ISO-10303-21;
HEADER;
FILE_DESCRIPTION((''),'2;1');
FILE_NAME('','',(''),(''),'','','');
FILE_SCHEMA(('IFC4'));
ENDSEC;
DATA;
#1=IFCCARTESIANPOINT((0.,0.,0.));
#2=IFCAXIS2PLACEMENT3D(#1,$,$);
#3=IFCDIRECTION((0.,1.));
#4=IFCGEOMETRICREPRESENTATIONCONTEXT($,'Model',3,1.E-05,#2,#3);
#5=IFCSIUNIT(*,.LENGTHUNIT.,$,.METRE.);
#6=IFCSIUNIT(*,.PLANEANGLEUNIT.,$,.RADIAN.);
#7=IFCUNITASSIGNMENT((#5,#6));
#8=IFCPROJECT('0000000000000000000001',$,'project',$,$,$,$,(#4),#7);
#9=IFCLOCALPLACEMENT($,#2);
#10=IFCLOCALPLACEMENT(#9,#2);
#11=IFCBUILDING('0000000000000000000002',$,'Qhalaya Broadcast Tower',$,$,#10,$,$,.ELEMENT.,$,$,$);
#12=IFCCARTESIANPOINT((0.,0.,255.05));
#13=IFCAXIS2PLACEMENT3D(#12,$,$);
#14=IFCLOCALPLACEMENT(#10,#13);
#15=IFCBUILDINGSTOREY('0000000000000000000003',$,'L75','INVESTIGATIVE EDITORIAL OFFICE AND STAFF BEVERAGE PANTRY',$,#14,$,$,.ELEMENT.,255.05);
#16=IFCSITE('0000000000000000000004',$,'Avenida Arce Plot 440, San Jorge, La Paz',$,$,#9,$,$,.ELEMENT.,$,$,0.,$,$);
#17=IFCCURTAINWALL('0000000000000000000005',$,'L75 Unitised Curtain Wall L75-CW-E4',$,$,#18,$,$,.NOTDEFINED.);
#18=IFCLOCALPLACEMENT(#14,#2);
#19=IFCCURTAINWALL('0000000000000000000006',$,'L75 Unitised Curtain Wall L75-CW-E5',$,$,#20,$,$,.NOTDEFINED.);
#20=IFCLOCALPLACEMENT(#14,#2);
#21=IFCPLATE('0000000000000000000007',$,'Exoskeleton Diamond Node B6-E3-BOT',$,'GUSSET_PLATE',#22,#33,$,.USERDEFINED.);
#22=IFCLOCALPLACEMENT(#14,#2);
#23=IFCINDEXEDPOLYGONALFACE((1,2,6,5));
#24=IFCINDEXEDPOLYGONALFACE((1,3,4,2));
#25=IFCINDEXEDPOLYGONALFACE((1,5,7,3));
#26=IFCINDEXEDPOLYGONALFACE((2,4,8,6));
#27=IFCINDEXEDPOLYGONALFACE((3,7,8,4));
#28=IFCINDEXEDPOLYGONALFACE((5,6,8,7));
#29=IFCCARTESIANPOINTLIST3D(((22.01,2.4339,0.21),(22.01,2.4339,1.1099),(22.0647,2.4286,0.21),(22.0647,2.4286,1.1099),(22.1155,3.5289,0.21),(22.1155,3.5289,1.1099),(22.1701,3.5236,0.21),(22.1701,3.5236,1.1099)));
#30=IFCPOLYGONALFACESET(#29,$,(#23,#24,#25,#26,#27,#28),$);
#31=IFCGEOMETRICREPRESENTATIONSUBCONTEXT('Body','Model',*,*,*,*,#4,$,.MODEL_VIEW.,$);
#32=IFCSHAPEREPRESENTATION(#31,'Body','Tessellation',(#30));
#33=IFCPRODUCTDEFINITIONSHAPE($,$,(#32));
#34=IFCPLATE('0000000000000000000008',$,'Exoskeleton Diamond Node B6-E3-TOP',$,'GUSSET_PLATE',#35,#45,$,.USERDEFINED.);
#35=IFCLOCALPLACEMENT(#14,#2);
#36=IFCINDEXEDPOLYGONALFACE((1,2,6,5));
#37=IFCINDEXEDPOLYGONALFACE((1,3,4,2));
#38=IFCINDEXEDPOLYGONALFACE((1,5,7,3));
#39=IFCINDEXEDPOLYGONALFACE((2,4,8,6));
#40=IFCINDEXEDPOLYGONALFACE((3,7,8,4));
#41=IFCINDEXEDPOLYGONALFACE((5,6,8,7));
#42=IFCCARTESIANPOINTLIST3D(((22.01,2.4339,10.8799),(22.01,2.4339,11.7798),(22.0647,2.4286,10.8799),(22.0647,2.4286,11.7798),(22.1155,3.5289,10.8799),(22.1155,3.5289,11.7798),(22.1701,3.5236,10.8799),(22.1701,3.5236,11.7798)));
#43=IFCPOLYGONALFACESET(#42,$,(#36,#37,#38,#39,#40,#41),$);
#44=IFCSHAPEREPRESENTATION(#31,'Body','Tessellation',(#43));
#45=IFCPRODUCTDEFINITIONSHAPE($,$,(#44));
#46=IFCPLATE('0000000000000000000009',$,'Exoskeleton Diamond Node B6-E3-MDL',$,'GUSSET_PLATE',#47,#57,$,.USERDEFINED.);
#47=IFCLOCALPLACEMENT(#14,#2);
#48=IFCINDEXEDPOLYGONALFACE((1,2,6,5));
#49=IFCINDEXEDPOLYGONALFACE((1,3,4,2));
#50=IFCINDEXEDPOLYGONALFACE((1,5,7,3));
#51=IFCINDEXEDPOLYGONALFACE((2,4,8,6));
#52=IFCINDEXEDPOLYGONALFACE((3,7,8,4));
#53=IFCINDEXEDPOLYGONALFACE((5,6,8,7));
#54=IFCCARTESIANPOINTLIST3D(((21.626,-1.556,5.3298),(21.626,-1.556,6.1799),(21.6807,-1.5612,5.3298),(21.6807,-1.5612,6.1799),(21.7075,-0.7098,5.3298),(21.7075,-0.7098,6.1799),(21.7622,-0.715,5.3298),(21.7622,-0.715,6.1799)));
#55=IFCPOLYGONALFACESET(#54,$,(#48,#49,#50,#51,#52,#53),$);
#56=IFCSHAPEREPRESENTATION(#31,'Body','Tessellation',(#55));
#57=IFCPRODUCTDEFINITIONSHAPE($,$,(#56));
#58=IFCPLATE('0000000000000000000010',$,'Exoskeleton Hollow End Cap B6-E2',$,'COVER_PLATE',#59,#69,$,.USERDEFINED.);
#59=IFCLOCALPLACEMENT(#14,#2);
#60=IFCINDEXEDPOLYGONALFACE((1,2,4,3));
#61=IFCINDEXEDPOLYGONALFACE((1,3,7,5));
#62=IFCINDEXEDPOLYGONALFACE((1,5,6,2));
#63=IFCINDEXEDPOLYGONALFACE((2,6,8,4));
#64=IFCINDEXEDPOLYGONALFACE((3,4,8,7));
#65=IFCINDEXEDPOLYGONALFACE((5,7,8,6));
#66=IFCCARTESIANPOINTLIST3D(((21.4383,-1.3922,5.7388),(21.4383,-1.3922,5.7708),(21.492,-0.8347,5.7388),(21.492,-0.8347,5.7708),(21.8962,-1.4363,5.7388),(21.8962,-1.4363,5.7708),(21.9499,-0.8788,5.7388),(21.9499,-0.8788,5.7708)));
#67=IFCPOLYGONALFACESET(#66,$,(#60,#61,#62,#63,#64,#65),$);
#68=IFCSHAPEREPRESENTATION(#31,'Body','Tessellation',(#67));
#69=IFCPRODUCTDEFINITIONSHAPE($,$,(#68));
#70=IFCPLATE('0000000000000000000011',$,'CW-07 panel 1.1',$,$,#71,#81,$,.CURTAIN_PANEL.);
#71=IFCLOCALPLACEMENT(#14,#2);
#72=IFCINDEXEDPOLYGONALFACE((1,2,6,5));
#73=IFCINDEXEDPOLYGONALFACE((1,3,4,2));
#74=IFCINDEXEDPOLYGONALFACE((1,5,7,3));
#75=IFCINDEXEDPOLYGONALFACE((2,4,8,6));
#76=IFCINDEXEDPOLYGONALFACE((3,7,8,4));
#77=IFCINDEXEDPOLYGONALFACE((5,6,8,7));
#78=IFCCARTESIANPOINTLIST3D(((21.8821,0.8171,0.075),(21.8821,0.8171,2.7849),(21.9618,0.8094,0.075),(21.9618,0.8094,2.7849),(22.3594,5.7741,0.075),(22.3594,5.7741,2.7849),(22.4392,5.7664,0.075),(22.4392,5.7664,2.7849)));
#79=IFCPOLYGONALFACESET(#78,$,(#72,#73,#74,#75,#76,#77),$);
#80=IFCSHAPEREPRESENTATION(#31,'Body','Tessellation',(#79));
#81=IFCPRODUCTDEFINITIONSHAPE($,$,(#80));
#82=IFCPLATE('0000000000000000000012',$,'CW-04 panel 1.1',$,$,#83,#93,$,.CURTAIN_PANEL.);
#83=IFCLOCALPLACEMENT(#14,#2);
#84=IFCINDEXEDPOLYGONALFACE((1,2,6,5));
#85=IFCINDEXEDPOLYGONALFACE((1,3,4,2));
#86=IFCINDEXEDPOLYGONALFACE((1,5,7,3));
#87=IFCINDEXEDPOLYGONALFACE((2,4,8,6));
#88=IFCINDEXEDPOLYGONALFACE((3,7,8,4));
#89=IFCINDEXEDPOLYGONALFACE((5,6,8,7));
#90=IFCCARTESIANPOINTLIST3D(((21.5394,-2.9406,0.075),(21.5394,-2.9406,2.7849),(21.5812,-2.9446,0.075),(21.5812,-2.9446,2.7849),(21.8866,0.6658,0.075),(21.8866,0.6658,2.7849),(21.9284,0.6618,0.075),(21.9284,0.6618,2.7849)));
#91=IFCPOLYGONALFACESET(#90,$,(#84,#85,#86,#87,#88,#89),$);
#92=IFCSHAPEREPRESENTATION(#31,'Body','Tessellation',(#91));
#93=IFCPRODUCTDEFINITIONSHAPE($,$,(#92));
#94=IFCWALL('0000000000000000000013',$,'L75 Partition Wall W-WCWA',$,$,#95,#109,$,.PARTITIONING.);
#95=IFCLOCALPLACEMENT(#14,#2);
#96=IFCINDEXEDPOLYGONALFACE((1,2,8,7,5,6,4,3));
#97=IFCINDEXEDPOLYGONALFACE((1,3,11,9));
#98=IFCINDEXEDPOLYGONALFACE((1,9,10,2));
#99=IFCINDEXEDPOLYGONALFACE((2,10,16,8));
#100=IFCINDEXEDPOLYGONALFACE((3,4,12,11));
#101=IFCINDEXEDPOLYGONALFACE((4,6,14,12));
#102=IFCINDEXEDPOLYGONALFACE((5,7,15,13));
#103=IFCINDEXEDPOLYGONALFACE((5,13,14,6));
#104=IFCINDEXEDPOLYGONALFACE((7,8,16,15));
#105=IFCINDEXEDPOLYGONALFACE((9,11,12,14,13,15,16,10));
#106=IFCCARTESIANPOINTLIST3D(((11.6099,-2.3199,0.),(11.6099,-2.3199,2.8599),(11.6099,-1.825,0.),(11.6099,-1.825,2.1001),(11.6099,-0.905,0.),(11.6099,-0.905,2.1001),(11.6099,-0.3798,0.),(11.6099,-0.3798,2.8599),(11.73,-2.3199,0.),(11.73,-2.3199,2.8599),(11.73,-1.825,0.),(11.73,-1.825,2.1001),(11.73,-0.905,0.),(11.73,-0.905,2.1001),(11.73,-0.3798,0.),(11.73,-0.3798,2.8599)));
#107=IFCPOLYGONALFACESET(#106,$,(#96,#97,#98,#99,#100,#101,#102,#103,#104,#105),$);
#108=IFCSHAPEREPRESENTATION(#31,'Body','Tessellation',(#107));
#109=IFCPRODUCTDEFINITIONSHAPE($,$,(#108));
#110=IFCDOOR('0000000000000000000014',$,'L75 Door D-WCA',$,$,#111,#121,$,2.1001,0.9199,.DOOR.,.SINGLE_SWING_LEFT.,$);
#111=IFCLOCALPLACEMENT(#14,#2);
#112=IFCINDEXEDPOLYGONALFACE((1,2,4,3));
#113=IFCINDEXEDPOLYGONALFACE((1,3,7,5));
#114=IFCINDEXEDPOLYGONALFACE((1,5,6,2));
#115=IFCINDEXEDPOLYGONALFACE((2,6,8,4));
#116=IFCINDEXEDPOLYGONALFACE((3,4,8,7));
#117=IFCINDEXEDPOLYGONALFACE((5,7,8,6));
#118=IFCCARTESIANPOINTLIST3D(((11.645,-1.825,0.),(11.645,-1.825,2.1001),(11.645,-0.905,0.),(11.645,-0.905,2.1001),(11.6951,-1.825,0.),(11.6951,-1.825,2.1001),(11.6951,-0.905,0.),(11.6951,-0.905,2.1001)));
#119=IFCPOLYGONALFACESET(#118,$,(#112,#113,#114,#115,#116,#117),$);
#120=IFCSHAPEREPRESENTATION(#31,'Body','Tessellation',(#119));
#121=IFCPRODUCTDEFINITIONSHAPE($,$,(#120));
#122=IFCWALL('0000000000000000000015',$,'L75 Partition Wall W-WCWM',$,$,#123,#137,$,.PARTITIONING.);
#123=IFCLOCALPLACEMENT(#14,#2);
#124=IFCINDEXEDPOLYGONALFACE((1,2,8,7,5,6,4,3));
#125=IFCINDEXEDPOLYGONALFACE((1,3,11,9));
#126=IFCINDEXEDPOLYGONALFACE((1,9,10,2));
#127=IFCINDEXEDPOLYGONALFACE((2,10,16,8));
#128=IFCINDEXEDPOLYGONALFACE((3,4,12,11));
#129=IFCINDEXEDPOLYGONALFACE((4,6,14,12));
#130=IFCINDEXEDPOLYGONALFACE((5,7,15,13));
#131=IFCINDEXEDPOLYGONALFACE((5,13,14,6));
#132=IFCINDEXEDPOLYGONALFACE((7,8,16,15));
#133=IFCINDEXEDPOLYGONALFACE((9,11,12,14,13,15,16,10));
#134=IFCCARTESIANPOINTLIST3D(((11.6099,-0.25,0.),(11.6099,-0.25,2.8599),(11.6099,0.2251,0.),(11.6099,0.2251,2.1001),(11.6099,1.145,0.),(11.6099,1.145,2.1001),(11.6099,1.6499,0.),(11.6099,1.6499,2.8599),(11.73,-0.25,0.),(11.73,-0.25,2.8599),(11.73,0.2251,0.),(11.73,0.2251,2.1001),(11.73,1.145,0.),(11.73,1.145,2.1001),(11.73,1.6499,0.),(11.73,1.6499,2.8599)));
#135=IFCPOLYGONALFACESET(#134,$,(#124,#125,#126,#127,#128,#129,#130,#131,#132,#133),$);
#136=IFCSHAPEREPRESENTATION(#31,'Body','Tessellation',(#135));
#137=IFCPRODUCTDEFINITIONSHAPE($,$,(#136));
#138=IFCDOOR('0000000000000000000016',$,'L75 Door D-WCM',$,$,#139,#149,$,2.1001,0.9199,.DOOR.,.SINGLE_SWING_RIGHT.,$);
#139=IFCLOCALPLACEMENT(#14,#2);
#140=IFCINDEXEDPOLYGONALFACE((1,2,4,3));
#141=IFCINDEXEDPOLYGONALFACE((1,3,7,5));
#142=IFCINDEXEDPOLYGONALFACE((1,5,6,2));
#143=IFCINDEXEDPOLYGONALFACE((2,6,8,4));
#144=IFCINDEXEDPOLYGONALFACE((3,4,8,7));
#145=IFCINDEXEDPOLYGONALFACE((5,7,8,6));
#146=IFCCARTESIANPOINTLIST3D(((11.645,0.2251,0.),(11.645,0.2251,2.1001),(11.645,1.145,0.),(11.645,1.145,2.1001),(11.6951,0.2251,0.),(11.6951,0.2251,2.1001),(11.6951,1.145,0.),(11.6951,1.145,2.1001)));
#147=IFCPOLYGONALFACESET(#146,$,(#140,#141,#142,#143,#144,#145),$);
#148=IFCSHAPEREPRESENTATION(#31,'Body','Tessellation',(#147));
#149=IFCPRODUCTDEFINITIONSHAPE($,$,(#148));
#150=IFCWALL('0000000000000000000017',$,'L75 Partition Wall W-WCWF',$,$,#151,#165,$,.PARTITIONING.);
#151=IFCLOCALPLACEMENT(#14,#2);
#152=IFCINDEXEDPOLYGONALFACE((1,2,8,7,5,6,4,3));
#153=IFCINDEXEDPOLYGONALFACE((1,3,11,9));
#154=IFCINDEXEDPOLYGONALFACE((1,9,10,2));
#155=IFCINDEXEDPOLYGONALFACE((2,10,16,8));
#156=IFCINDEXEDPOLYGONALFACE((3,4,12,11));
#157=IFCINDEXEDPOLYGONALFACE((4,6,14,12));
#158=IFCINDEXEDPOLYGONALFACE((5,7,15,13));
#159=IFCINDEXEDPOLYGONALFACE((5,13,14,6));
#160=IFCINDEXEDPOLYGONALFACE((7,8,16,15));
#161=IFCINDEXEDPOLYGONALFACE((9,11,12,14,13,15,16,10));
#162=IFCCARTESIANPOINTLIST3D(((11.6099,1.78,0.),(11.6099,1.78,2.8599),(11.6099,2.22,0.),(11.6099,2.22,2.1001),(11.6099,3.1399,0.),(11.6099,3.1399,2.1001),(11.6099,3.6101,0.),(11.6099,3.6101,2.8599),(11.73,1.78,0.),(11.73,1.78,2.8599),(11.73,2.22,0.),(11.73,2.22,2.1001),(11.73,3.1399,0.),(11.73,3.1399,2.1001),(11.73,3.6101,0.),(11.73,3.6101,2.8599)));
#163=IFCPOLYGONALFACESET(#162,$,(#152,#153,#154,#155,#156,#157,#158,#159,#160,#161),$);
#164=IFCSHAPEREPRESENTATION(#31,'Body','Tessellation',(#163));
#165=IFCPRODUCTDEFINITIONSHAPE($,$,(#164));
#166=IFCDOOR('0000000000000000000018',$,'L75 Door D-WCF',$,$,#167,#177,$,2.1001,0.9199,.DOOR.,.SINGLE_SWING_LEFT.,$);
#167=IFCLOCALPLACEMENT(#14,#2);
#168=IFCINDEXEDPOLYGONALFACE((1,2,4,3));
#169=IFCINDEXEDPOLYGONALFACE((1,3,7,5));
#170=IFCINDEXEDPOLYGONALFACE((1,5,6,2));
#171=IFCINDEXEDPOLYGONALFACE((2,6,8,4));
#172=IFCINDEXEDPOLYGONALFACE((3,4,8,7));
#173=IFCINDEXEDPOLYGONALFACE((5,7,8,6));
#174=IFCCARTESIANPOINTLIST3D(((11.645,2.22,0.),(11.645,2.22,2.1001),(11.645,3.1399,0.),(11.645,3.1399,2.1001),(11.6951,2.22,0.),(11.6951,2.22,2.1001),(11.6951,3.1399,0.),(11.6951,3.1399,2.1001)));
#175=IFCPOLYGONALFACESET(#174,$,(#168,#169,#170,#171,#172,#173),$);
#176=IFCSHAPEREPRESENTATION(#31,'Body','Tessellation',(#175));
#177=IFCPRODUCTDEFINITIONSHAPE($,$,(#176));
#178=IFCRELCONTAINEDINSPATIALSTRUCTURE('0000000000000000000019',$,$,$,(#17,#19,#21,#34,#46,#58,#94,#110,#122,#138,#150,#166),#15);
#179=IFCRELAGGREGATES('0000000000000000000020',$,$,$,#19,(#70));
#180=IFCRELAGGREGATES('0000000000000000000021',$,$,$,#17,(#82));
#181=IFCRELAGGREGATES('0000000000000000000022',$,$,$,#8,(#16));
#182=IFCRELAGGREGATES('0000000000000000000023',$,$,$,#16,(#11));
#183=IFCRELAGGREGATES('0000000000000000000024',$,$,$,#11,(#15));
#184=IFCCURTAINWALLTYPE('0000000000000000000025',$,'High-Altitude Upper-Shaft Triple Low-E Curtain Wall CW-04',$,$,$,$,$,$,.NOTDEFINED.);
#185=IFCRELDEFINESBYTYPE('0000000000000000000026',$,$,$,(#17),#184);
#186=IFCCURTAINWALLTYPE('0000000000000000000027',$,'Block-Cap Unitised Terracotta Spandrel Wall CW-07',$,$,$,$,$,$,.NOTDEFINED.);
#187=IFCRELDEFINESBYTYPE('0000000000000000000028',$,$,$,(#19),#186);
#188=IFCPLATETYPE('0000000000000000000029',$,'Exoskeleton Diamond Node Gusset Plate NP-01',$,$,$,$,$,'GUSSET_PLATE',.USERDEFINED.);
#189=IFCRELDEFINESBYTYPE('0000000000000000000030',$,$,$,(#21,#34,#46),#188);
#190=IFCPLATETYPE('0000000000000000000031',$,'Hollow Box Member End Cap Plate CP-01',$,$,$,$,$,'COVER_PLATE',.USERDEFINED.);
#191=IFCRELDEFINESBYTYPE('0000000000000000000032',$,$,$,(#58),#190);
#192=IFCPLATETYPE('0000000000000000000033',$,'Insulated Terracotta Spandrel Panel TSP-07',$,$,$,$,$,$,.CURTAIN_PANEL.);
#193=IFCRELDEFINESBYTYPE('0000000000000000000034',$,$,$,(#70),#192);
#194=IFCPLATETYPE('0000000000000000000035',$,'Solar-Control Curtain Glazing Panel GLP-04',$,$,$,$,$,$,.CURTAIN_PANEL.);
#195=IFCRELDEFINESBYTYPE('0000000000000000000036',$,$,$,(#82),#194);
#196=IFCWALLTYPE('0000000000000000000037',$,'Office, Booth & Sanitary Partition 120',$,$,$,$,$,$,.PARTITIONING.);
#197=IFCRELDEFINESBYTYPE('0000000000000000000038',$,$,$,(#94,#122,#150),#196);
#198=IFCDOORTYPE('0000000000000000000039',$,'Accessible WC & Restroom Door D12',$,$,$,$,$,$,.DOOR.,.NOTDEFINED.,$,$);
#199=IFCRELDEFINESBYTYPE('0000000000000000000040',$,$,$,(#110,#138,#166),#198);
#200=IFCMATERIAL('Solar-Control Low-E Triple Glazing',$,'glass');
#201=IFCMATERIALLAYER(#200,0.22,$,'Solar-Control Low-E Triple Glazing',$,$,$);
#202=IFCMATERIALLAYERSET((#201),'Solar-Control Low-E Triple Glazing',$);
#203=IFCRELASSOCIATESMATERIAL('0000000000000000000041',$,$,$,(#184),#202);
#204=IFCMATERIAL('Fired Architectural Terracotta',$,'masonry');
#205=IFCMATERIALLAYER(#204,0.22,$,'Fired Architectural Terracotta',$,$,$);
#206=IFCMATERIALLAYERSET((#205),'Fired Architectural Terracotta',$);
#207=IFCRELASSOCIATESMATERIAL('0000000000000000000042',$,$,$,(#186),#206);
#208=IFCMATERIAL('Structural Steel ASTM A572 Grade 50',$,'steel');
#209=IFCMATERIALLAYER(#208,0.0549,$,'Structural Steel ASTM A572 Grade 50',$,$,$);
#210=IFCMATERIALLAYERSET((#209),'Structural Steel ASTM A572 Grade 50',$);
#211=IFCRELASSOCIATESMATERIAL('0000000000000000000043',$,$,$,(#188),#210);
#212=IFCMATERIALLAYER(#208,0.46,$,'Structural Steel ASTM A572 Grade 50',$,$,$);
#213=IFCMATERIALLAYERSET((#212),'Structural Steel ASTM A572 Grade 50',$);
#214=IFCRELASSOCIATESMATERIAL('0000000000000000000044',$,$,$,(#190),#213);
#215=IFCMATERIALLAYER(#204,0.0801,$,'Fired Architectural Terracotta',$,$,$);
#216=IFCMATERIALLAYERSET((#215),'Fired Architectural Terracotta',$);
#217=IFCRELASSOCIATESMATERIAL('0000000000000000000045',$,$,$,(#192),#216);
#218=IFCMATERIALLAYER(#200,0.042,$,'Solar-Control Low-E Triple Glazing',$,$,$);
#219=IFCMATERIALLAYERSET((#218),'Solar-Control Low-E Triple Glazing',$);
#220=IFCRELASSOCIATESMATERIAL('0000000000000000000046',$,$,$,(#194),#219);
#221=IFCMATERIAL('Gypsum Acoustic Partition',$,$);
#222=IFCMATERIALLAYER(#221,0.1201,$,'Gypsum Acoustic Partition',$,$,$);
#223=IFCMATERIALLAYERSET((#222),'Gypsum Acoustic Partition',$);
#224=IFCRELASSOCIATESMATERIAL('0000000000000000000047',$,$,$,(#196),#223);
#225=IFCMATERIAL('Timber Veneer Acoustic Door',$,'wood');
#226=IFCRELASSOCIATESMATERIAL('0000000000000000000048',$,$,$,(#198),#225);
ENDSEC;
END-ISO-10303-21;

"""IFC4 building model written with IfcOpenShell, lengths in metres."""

from ifc_helpers import new_model, si_unit, direction, frame, frame_2d, origin, origin_2d, place, context, subcontext, project, spatial, rectangle, extrude, material, layer, layer_set, type_object, element, fill, aggregate, save


model = new_model("IFC4")

# Units and contexts
model_context = context("Model", 3, precision=1e-05, world=origin(), true_north=direction((0.0, 1.0)))
body_context = subcontext(model_context, "Body", "Model", "MODEL_VIEW")
ifc_project = project(units=[si_unit("LENGTHUNIT", "METRE"), si_unit("PLANEANGLEUNIT", "RADIAN")], contexts=[model_context])

# Site, building, storey
site_placement = place(None, origin())
site = spatial("IfcSite", under=ifc_project, at=site_placement, Name="Avenida Arce Plot 440, San Jorge, La Paz", CompositionType="ELEMENT", RefElevation=0.0)
building_placement = place(site_placement, origin())
building = spatial("IfcBuilding", under=site, at=building_placement, Name="Qhalaya Broadcast Tower", CompositionType="ELEMENT")
storey_placement = place(building_placement, frame((0.0, 0.0, 255.05)))
storey = spatial("IfcBuildingStorey", under=building, at=storey_placement, Name="L75", Description="INVESTIGATIVE EDITORIAL OFFICE AND STAFF BEVERAGE PANTRY", CompositionType="ELEMENT", Elevation=255.05)

# Shared definitions
ifc_material_1 = material(Name="Structural Steel ASTM A572 Grade 50", Category="steel")

# Curtain wall
ifc_material_2 = material(Name="Solar-Control Low-E Triple Glazing", Category="glass")
ifc_layer_1 = layer(ifc_material_2, 0.22, Name="Solar-Control Low-E Triple Glazing")
ifc_layer_set_1 = layer_set([ifc_layer_1], Name="Solar-Control Low-E Triple Glazing")
curtain_wall_type_1 = type_object("IfcCurtainWallType", Name="High-Altitude Upper-Shaft Triple Low-E Curtain Wall CW-04", PredefinedType="NOTDEFINED", material=ifc_layer_set_1)
curtain_wall_1_placement = place(storey_placement, origin())
curtain_wall_1 = element("IfcCurtainWall", 1, at=curtain_wall_1_placement, inside=storey, type_object=curtain_wall_type_1, Name="L75 Unitised Curtain Wall L75-CW-E4", PredefinedType="NOTDEFINED")

# Curtain wall
ifc_material_3 = material(Name="Fired Architectural Terracotta", Category="masonry")
ifc_layer_2 = layer(ifc_material_3, 0.22, Name="Fired Architectural Terracotta")
ifc_layer_set_2 = layer_set([ifc_layer_2], Name="Fired Architectural Terracotta")
curtain_wall_type_2 = type_object("IfcCurtainWallType", Name="Block-Cap Unitised Terracotta Spandrel Wall CW-07", PredefinedType="NOTDEFINED", material=ifc_layer_set_2)
curtain_wall_2_placement = place(storey_placement, origin())
curtain_wall_2 = element("IfcCurtainWall", 2, at=curtain_wall_2_placement, inside=storey, type_object=curtain_wall_type_2, Name="L75 Unitised Curtain Wall L75-CW-E5", PredefinedType="NOTDEFINED")

# Plates
ifc_layer_3 = layer(ifc_material_1, 0.0549, Name="Structural Steel ASTM A572 Grade 50")
ifc_layer_set_3 = layer_set([ifc_layer_3], Name="Structural Steel ASTM A572 Grade 50")
plate_type_1 = type_object("IfcPlateType", Name="Exoskeleton Diamond Node Gusset Plate NP-01", ElementType="GUSSET_PLATE", PredefinedType="USERDEFINED", material=ifc_layer_set_3)
for number, where, z_axis, x_axis, name in (
    (3, (22.0901, 2.9788, 0.21), (0.0, 0.0, 1.0), (0.095846, 0.995396, 0.0), "Exoskeleton Diamond Node B6-E3-BOT"),
    (4, (22.0901, 2.9788, 10.8799), (0.0, 0.0, 1.0), (0.095846, 0.995396, 0.0), "Exoskeleton Diamond Node B6-E3-TOP"),
):
    element("IfcPlate", number, at=place(storey_placement, frame(where, z_axis=z_axis, x_axis=x_axis)), inside=storey, type_object=plate_type_1, Name=name, ObjectType="GUSSET_PLATE", PredefinedType="USERDEFINED", context=body_context, shape_type="SweptSolid", body=[
        extrude(rectangle(XDim=1.1001, YDim=0.0549, at=origin_2d()), origin(), (0.0, 0.0, 1.0), 0.8999),
    ])
plate_1_placement = place(storey_placement, frame((21.6941, -1.1355, 5.3298), z_axis=(0.0, 0.0, 1.0), x_axis=(0.095846, 0.995396, 0.0)))
element("IfcPlate", 5, at=plate_1_placement, inside=storey, type_object=plate_type_1, Name="Exoskeleton Diamond Node B6-E3-MDL", ObjectType="GUSSET_PLATE", PredefinedType="USERDEFINED", context=body_context, shape_type="SweptSolid", body=[
    extrude(rectangle(XDim=0.8501, YDim=0.0549, at=origin_2d()), origin(), (0.0, 0.0, 1.0), 0.8501),
])
ifc_layer_4 = layer(ifc_material_1, 0.46, Name="Structural Steel ASTM A572 Grade 50")
ifc_layer_set_4 = layer_set([ifc_layer_4], Name="Structural Steel ASTM A572 Grade 50")
plate_type_2 = type_object("IfcPlateType", Name="Hollow Box Member End Cap Plate CP-01", ElementType="COVER_PLATE", PredefinedType="USERDEFINED", material=ifc_layer_set_4)
plate_2_placement = place(storey_placement, frame((21.6941, -1.1355, 5.7388), z_axis=(0.0, 0.0, 1.0), x_axis=(0.095846, 0.995396, 0.0)))
element("IfcPlate", 6, at=plate_2_placement, inside=storey, type_object=plate_type_2, Name="Exoskeleton Hollow End Cap B6-E2", ObjectType="COVER_PLATE", PredefinedType="USERDEFINED", context=body_context, shape_type="SweptSolid", body=[
    extrude(rectangle(XDim=0.5601, YDim=0.46, at=origin_2d()), origin(), (0.0, 0.0, 1.0), 0.032),
])

# Plates
ifc_layer_5 = layer(ifc_material_3, 0.0801, Name="Fired Architectural Terracotta")
ifc_layer_set_5 = layer_set([ifc_layer_5], Name="Fired Architectural Terracotta")
plate_type_3 = type_object("IfcPlateType", Name="Insulated Terracotta Spandrel Panel TSP-07", PredefinedType="CURTAIN_PANEL", material=ifc_layer_set_5)
plate_3_placement = place(storey_placement, frame((22.1606, 3.2917, 0.075), z_axis=(0.0, 0.0, 1.0), x_axis=(0.095848, 0.995396, 0.0)))
plate_3 = element("IfcPlate", 7, at=plate_3_placement, type_object=plate_type_3, Name="CW-07 panel 1.1", PredefinedType="CURTAIN_PANEL", context=body_context, shape_type="SweptSolid", body=[
    extrude(rectangle(XDim=4.98, YDim=0.0801, at=origin_2d()), origin(), (0.0, 0.0, 1.0), 2.71),
])
aggregate(curtain_wall_2, [plate_3])
ifc_layer_6 = layer(ifc_material_2, 0.042, Name="Solar-Control Low-E Triple Glazing")
ifc_layer_set_6 = layer_set([ifc_layer_6], Name="Solar-Control Low-E Triple Glazing")
plate_type_4 = type_object("IfcPlateType", Name="Solar-Control Curtain Glazing Panel GLP-04", PredefinedType="CURTAIN_PANEL", material=ifc_layer_set_6)
plate_4_placement = place(storey_placement, frame((21.7339, -1.1394, 0.075), z_axis=(0.0, 0.0, 1.0), x_axis=(0.09584, 0.995397, 0.0)))
plate_4 = element("IfcPlate", 8, at=plate_4_placement, type_object=plate_type_4, Name="CW-04 panel 1.1", PredefinedType="CURTAIN_PANEL", context=body_context, shape_type="SweptSolid", body=[
    extrude(rectangle(XDim=3.623, YDim=0.042, at=origin_2d()), origin(), (0.0, 0.0, 1.0), 2.71),
])
aggregate(curtain_wall_1, [plate_4])

# Walls, openings, doors
ifc_material_4 = material(Name="Gypsum Acoustic Partition")
ifc_layer_7 = layer(ifc_material_4, 0.1201, Name="Gypsum Acoustic Partition")
ifc_layer_set_7 = layer_set([ifc_layer_7], Name="Gypsum Acoustic Partition")
wall_type = type_object("IfcWallType", Name="Office, Booth & Sanitary Partition 120", PredefinedType="PARTITIONING", material=ifc_layer_set_7)
wall_1_placement = place(storey_placement, frame((11.6699, -2.3201, 0.0), z_axis=(0.0, 0.0, 1.0), x_axis=(0.0, 1.0, 0.0)))
wall_1 = element("IfcWall", 9, at=wall_1_placement, inside=storey, type_object=wall_type, Name="L75 Partition Wall W-WCWA", PredefinedType="PARTITIONING", context=body_context, shape_type="SweptSolid", body=[
    extrude(rectangle(XDim=1.9402, YDim=0.1201, at=frame_2d((0.9702, 0.0))), origin(), (0.0, 0.0, 1.0), 2.8599),
])
opening_1_placement = place(wall_1_placement, frame((0.4951, 0.0, 0.0)))
opening_1 = element("IfcOpeningElement", 10, at=opening_1_placement, cuts=wall_1, PredefinedType="OPENING", context=body_context, shape_type="SweptSolid", body=[
    extrude(rectangle(XDim=0.9199, YDim=2.1001, at=frame_2d((0.46, 1.05))), frame((0.0, 0.072, 0.0), z_axis=(0.0, -1.0, 0.0), x_axis=(1.0, 0.0, 0.0)), (0.0, 0.0, 1.0), 0.144),
])
ifc_material_5 = material(Name="Timber Veneer Acoustic Door", Category="wood")
door_type = type_object("IfcDoorType", Name="Accessible WC & Restroom Door D12", OperationType="NOTDEFINED", PredefinedType="DOOR", material=ifc_material_5)
door_1_placement = place(opening_1_placement, origin())
door_1 = element("IfcDoor", 11, at=door_1_placement, inside=storey, type_object=door_type, Name="L75 Door D-WCA", OperationType="SINGLE_SWING_LEFT", OverallHeight=2.1001, OverallWidth=0.9199, PredefinedType="DOOR", context=body_context, shape_type="SweptSolid", body=[
    extrude(rectangle(XDim=0.9199, YDim=2.1001, at=frame_2d((0.46, 1.05))), frame((0.0, 0.0249, 0.0), z_axis=(0.0, -1.0, 0.0), x_axis=(1.0, 0.0, 0.0)), (0.0, 0.0, 1.0), 0.05),
])
fill(opening_1, door_1)
wall_2_placement = place(storey_placement, frame((11.6699, -0.25, 0.0), z_axis=(0.0, 0.0, 1.0), x_axis=(0.0, 1.0, 0.0)))
wall_2 = element("IfcWall", 12, at=wall_2_placement, inside=storey, type_object=wall_type, Name="L75 Partition Wall W-WCWM", PredefinedType="PARTITIONING", context=body_context, shape_type="SweptSolid", body=[
    extrude(rectangle(XDim=1.8999, YDim=0.1201, at=frame_2d((0.95, 0.0))), origin(), (0.0, 0.0, 1.0), 2.8599),
])
opening_2_placement = place(wall_2_placement, frame((0.4751, 0.0, 0.0)))
opening_2 = element("IfcOpeningElement", 13, at=opening_2_placement, cuts=wall_2, PredefinedType="OPENING", context=body_context, shape_type="SweptSolid", body=[
    extrude(rectangle(XDim=0.9199, YDim=2.1001, at=frame_2d((0.46, 1.05))), frame((0.0, 0.072, 0.0), z_axis=(0.0, -1.0, 0.0), x_axis=(1.0, 0.0, 0.0)), (0.0, 0.0, 1.0), 0.144),
])
door_2_placement = place(opening_2_placement, origin())
door_2 = element("IfcDoor", 14, at=door_2_placement, inside=storey, type_object=door_type, Name="L75 Door D-WCM", OperationType="SINGLE_SWING_RIGHT", OverallHeight=2.1001, OverallWidth=0.9199, PredefinedType="DOOR", context=body_context, shape_type="SweptSolid", body=[
    extrude(rectangle(XDim=0.9199, YDim=2.1001, at=frame_2d((0.46, 1.05))), frame((0.0, 0.0249, 0.0), z_axis=(0.0, -1.0, 0.0), x_axis=(1.0, 0.0, 0.0)), (0.0, 0.0, 1.0), 0.05),
])
fill(opening_2, door_2)
wall_3_placement = place(storey_placement, frame((11.6699, 1.78, 0.0), z_axis=(0.0, 0.0, 1.0), x_axis=(0.0, 1.0, 0.0)))
wall_3 = element("IfcWall", 15, at=wall_3_placement, inside=storey, type_object=wall_type, Name="L75 Partition Wall W-WCWF", PredefinedType="PARTITIONING", context=body_context, shape_type="SweptSolid", body=[
    extrude(rectangle(XDim=1.8301, YDim=0.1201, at=frame_2d((0.915, 0.0))), origin(), (0.0, 0.0, 1.0), 2.8599),
])
opening_3_placement = place(wall_3_placement, frame((0.4399, 0.0, 0.0)))
opening_3 = element("IfcOpeningElement", 16, at=opening_3_placement, cuts=wall_3, PredefinedType="OPENING", context=body_context, shape_type="SweptSolid", body=[
    extrude(rectangle(XDim=0.9199, YDim=2.1001, at=frame_2d((0.46, 1.05))), frame((0.0, 0.072, 0.0), z_axis=(0.0, -1.0, 0.0), x_axis=(1.0, 0.0, 0.0)), (0.0, 0.0, 1.0), 0.144),
])
door_3_placement = place(opening_3_placement, origin())
door_3 = element("IfcDoor", 17, at=door_3_placement, inside=storey, type_object=door_type, Name="L75 Door D-WCF", OperationType="SINGLE_SWING_LEFT", OverallHeight=2.1001, OverallWidth=0.9199, PredefinedType="DOOR", context=body_context, shape_type="SweptSolid", body=[
    extrude(rectangle(XDim=0.9199, YDim=2.1001, at=frame_2d((0.46, 1.05))), frame((0.0, 0.0249, 0.0), z_axis=(0.0, -1.0, 0.0), x_axis=(1.0, 0.0, 0.0)), (0.0, 0.0, 1.0), 0.05),
])
fill(opening_3, door_3)

save(model, "model.ifc")
